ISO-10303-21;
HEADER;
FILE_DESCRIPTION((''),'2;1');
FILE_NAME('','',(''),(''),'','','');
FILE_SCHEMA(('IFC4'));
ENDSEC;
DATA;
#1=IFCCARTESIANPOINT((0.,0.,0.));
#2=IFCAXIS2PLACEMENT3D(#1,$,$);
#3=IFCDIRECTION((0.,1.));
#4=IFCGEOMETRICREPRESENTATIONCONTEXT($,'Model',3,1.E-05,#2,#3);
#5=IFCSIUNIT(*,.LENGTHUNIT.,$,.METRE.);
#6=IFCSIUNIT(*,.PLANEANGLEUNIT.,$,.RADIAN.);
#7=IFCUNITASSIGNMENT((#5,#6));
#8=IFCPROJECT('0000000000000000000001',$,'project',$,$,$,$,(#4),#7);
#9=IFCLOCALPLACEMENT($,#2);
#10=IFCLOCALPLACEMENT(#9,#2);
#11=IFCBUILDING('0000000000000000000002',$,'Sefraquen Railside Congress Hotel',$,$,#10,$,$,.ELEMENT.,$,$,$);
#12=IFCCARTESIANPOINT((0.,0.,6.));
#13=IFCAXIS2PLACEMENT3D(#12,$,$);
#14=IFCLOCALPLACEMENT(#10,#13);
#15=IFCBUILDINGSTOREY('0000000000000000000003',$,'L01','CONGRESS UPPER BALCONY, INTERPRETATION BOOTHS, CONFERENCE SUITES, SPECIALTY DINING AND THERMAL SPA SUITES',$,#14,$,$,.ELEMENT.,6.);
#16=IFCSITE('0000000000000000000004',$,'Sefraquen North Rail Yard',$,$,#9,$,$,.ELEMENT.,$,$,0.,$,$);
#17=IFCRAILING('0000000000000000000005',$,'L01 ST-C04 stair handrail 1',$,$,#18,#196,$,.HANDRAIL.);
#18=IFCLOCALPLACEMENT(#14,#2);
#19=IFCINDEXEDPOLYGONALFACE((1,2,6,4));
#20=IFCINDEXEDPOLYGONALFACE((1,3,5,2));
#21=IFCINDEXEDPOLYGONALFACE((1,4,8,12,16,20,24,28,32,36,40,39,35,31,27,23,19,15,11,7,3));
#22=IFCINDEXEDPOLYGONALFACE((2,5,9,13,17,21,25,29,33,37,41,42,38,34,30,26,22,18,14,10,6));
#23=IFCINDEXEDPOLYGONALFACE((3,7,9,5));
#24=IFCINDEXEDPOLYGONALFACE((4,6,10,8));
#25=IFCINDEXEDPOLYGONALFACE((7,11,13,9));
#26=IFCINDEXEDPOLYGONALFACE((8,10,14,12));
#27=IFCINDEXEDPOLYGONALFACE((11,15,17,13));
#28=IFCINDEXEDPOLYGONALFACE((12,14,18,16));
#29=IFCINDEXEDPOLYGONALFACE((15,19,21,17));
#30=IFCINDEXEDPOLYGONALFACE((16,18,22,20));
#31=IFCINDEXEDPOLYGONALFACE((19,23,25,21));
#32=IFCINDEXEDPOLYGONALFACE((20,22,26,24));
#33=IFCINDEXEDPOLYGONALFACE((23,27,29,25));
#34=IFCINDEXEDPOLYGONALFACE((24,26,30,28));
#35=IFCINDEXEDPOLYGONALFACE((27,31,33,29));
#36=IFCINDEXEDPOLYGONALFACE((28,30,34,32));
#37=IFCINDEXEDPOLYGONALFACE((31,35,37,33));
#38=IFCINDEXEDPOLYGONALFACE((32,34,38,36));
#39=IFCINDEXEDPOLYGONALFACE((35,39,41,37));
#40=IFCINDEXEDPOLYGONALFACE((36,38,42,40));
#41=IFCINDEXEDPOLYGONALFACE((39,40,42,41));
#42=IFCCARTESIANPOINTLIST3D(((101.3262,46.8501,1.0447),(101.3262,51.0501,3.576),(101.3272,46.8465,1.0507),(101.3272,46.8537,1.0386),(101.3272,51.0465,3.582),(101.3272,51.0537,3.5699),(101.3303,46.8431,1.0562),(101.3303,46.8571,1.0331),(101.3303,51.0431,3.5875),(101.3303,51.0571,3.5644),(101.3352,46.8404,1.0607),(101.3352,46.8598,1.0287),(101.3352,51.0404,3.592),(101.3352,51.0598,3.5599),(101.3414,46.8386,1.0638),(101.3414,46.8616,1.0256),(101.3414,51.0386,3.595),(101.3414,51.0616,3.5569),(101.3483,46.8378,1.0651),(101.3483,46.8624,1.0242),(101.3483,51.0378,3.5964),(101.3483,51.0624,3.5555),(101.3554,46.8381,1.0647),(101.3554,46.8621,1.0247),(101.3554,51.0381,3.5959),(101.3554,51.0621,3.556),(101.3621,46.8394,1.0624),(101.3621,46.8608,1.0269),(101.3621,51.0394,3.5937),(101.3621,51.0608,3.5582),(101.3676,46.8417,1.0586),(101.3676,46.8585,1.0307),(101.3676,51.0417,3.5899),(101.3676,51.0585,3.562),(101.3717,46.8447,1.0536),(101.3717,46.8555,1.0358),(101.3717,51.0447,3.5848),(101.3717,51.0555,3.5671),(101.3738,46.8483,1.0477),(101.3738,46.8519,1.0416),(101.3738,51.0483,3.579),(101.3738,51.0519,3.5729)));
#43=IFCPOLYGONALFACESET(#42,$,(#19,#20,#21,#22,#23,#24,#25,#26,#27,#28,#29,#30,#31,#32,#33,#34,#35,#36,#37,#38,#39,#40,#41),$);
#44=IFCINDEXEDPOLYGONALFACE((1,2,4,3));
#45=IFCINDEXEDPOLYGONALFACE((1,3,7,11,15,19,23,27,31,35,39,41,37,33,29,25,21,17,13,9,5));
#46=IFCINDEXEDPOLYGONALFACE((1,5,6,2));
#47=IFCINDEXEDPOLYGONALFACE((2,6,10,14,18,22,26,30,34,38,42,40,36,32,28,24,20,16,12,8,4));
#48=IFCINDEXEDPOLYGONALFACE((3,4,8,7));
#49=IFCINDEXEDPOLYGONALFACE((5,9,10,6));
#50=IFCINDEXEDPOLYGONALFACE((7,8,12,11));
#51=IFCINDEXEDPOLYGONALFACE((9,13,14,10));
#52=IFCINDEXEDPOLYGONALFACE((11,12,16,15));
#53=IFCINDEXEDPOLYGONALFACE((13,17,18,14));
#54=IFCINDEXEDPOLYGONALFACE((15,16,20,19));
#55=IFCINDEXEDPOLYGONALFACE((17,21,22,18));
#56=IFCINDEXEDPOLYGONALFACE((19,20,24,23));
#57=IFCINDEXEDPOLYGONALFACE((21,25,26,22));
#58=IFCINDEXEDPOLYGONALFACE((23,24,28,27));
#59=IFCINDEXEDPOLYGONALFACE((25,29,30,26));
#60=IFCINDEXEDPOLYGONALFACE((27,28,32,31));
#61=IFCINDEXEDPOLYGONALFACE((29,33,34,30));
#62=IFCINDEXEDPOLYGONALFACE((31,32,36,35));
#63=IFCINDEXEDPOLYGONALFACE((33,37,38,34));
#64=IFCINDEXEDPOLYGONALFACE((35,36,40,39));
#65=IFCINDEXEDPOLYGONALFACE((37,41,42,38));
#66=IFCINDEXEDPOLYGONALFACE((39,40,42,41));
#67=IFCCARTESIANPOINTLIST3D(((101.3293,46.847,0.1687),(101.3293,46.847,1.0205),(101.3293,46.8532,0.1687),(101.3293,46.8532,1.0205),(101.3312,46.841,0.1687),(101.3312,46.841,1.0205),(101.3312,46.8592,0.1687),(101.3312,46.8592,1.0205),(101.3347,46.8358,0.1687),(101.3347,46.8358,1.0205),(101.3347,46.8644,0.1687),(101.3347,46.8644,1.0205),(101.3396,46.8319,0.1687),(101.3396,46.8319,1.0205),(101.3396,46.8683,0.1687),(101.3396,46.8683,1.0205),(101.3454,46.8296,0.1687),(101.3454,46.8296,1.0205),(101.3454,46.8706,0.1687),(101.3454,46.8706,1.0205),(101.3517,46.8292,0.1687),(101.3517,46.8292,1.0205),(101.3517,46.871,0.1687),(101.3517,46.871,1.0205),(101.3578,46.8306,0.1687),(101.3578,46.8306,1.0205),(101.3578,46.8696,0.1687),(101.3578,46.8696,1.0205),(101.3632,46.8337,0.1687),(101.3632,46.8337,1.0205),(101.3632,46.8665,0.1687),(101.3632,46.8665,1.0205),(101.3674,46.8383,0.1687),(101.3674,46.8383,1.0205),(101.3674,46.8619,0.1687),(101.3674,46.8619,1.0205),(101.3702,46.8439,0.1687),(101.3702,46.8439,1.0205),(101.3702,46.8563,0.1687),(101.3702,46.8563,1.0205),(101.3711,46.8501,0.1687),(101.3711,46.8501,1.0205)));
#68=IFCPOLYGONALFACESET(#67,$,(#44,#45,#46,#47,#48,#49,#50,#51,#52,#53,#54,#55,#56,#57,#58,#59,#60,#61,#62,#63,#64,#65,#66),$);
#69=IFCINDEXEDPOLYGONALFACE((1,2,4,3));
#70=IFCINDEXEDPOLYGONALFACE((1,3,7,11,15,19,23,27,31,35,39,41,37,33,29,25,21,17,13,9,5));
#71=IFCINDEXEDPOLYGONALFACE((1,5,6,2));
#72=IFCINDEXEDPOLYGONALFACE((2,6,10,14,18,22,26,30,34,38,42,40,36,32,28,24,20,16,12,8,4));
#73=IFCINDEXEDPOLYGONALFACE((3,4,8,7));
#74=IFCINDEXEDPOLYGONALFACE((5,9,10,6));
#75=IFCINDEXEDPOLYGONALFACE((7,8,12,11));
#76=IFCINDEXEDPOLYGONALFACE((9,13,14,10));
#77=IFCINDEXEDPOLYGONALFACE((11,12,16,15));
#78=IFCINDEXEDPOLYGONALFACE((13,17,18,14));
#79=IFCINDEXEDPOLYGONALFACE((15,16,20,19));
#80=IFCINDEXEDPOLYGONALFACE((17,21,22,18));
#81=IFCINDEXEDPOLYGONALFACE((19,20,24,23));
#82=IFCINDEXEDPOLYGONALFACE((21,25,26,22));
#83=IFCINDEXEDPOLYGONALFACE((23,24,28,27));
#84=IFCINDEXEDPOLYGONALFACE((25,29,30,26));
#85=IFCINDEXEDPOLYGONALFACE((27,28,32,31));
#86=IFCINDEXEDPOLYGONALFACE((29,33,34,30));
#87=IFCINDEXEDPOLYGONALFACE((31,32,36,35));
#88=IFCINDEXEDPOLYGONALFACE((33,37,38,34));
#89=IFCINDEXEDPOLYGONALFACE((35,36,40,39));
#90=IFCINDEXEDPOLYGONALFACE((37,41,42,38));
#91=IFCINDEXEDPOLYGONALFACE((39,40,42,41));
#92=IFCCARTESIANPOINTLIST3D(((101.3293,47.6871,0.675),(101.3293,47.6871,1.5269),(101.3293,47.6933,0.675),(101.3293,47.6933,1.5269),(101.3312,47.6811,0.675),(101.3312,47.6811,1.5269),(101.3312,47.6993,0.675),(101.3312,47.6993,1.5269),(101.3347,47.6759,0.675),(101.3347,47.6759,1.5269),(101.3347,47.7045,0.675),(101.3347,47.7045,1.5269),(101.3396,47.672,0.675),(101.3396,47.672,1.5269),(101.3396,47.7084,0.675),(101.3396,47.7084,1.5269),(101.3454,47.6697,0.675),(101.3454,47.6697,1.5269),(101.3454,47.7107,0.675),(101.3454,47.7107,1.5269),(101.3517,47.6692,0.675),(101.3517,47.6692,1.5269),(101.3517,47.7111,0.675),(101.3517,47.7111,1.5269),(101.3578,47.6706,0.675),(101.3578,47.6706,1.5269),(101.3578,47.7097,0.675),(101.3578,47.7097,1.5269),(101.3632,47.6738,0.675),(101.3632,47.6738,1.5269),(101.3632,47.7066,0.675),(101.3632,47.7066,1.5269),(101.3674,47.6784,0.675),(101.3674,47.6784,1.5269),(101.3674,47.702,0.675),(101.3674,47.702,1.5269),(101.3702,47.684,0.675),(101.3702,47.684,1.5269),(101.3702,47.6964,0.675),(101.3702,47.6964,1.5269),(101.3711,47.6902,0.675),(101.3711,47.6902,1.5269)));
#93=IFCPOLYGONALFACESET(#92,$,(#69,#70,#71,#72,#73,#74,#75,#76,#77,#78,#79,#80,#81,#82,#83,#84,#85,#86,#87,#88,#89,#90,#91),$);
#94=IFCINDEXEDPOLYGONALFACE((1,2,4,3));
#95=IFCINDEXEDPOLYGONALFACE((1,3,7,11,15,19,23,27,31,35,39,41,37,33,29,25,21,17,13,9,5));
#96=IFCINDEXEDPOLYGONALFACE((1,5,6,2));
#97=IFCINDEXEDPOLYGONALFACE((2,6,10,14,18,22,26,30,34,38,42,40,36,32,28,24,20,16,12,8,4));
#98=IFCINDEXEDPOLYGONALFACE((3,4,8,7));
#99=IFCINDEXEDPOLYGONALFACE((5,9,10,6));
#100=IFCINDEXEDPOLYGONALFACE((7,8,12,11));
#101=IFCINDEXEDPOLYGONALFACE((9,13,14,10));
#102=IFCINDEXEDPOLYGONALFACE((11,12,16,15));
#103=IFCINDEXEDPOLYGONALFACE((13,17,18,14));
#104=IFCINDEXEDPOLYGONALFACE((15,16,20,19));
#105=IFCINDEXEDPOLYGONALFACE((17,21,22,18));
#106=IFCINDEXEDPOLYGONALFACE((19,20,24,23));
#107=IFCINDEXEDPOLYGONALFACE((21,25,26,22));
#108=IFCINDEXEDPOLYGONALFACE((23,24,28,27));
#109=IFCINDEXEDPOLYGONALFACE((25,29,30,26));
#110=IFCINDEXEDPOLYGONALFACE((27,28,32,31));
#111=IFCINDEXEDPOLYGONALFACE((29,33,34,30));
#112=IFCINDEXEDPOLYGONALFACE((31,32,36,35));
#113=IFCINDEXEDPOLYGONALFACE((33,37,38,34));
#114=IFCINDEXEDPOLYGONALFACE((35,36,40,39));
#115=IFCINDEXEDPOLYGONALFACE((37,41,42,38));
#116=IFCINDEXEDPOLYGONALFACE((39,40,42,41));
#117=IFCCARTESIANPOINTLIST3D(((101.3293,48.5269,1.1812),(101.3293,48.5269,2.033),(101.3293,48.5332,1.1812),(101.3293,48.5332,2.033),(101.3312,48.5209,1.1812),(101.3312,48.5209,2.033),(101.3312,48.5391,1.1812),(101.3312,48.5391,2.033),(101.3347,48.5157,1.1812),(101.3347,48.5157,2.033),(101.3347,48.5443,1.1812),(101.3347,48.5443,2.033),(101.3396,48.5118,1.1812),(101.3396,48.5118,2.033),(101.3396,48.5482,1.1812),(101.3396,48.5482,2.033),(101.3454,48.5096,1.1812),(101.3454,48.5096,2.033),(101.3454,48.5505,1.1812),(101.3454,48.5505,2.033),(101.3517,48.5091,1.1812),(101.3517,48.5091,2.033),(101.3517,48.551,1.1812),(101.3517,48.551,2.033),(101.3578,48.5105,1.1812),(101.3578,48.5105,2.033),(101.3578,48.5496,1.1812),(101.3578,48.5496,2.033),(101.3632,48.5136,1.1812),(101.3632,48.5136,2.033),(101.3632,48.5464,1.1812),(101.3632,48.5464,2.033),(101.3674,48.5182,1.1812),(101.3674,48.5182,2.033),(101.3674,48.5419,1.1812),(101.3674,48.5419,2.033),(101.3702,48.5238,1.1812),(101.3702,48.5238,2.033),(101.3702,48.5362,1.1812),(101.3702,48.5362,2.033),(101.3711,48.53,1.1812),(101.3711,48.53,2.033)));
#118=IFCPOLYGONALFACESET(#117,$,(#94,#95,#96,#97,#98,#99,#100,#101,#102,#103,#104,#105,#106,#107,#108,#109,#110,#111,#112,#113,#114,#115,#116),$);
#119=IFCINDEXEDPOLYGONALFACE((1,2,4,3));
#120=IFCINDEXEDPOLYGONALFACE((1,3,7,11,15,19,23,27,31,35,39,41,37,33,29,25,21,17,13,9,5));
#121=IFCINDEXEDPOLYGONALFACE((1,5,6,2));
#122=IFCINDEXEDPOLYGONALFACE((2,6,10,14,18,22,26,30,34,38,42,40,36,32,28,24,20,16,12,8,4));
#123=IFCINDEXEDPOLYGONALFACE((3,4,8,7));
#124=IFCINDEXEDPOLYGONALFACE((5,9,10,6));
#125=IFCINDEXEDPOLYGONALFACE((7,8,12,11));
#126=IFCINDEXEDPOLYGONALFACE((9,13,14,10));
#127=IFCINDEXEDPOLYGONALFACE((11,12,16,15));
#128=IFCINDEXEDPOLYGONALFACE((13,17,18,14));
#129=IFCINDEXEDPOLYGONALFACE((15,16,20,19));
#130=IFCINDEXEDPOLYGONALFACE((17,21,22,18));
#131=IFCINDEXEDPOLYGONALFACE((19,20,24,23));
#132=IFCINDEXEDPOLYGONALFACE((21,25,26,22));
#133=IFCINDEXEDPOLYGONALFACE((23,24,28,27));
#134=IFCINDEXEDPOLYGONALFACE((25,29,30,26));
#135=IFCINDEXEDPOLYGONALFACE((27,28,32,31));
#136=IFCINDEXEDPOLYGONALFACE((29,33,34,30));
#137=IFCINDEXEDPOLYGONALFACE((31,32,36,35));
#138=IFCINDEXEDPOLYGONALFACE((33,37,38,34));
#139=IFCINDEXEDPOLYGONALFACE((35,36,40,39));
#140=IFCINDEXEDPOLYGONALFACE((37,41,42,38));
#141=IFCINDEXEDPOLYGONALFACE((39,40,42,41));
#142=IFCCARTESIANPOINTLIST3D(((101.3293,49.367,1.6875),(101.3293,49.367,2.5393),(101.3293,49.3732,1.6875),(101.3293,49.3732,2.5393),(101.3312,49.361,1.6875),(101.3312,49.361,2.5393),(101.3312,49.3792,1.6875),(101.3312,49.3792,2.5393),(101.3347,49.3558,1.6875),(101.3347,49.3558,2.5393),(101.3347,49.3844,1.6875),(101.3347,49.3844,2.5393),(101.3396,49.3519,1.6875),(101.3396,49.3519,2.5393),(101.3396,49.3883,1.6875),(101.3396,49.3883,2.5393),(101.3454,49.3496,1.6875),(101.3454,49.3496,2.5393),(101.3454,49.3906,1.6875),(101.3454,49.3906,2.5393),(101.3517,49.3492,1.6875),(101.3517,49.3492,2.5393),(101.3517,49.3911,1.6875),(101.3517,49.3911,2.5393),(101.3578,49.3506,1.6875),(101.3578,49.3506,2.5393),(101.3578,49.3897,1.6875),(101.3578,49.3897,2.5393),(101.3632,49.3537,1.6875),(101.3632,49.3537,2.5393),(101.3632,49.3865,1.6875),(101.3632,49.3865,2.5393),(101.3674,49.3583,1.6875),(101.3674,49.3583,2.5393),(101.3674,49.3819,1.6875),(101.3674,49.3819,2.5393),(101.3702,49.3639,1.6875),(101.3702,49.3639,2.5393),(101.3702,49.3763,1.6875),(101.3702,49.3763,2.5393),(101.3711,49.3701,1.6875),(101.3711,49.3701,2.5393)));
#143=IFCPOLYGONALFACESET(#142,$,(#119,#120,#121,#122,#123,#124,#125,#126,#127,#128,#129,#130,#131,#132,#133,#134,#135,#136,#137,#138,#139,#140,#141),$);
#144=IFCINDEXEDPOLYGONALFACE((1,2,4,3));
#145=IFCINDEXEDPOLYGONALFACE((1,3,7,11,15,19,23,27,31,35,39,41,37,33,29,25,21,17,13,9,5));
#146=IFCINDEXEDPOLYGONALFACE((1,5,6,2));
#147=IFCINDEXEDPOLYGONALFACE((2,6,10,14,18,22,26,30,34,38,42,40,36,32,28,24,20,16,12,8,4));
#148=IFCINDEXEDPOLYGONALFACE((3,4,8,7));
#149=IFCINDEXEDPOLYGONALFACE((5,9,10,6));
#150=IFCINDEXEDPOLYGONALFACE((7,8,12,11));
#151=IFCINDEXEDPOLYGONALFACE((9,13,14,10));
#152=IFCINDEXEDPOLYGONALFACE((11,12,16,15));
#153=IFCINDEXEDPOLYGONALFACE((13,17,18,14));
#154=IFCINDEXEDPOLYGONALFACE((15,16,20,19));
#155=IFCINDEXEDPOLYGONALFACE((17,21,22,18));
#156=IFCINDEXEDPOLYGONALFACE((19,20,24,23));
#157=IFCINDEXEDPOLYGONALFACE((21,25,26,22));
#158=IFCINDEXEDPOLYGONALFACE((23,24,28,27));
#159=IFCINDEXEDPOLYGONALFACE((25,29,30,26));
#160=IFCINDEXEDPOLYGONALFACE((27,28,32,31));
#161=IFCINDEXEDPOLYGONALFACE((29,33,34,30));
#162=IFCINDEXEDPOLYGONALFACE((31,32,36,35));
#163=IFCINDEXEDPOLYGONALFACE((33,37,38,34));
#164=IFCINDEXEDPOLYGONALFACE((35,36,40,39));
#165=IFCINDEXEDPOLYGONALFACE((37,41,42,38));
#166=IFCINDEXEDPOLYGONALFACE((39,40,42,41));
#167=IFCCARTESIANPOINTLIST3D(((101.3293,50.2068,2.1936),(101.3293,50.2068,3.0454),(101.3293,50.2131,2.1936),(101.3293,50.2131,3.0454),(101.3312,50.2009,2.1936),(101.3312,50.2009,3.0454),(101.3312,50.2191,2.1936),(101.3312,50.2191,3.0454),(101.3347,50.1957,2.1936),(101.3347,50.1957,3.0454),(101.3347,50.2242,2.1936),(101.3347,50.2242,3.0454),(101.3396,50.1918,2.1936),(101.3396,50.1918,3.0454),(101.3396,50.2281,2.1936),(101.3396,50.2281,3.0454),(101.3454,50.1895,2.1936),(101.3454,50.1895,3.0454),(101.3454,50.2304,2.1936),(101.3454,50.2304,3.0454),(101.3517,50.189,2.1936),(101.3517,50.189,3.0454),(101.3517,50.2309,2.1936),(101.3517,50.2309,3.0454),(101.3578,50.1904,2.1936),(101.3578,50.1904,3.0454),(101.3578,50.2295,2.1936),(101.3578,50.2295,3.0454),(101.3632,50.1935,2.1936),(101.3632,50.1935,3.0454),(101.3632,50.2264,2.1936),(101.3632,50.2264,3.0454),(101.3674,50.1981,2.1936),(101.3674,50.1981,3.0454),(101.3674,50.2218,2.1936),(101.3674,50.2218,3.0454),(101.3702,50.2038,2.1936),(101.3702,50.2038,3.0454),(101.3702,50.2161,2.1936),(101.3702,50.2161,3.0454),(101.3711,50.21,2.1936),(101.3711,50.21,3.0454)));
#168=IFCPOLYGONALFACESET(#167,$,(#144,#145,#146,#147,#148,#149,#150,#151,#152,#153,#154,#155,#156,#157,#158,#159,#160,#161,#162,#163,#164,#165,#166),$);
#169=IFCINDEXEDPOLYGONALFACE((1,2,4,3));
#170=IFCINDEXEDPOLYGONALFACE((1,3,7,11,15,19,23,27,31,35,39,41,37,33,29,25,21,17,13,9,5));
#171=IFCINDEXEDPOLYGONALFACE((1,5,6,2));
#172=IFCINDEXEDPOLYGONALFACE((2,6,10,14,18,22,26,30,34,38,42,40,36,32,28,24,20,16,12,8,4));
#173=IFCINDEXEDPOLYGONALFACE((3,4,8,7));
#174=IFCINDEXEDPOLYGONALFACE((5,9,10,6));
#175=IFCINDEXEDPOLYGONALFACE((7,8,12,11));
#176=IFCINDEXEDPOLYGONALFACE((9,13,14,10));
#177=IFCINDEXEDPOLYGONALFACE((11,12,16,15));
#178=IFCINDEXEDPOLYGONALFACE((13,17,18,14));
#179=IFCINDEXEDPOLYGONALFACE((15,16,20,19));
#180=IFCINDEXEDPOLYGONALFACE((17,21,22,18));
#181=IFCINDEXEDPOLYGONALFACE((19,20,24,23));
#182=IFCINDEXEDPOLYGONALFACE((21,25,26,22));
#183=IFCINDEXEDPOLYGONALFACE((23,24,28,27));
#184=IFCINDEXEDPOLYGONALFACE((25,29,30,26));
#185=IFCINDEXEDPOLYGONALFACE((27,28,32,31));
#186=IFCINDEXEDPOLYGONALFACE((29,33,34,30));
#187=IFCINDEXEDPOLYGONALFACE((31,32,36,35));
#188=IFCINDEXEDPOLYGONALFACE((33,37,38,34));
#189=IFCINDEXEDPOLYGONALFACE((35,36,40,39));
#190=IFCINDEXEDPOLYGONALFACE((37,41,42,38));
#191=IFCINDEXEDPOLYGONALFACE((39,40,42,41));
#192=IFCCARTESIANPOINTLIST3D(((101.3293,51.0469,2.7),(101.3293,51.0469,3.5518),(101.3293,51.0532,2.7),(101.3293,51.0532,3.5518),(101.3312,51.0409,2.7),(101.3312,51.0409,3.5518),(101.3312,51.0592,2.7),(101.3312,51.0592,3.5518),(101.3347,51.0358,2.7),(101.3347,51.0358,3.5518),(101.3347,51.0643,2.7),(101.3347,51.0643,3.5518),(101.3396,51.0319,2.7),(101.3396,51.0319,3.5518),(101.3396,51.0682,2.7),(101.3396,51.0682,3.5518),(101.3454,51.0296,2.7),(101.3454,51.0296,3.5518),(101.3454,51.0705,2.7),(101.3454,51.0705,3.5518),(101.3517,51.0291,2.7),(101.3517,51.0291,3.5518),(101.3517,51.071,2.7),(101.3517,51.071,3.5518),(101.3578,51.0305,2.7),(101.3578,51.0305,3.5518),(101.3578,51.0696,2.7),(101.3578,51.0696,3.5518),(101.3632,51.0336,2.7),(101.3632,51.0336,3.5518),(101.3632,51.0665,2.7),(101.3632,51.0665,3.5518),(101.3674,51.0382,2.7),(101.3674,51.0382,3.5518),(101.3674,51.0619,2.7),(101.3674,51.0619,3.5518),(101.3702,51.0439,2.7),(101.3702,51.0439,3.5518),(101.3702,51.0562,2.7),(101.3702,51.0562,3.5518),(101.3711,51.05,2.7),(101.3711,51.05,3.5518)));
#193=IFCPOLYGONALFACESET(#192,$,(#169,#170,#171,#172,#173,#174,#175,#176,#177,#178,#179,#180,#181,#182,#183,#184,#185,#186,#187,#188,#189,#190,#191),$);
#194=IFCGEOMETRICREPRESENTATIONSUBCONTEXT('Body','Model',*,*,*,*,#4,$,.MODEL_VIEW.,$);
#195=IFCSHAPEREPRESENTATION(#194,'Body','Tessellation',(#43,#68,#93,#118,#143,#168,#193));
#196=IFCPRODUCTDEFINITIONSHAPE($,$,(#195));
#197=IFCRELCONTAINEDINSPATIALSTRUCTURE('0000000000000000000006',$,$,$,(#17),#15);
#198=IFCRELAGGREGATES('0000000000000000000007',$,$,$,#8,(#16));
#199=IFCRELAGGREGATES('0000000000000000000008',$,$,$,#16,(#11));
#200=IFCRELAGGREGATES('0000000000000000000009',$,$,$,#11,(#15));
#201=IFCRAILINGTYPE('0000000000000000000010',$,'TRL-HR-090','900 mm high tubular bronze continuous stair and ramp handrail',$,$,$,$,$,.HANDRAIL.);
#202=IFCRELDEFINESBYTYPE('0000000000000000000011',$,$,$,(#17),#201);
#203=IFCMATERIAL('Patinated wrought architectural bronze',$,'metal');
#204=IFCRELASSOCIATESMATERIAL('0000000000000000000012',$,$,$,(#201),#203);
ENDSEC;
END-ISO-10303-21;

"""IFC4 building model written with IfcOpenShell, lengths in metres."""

from ifc_helpers import new_model, si_unit, direction, frame, origin, origin_2d, place, context, subcontext, project, spatial, circle, extrude, material, type_object, element, save


model = new_model("IFC4")

# Units and contexts
model_context = context("Model", 3, precision=1e-05, world=origin(), true_north=direction((0.0, 1.0)))
body_context = subcontext(model_context, "Body", "Model", "MODEL_VIEW")
ifc_project = project(units=[si_unit("LENGTHUNIT", "METRE"), si_unit("PLANEANGLEUNIT", "RADIAN")], contexts=[model_context])

# Site, building, storey
site_placement = place(None, origin())
site = spatial("IfcSite", under=ifc_project, at=site_placement, Name="Sefraquen North Rail Yard", CompositionType="ELEMENT", RefElevation=0.0)
building_placement = place(site_placement, origin())
building = spatial("IfcBuilding", under=site, at=building_placement, Name="Sefraquen Railside Congress Hotel", CompositionType="ELEMENT")
storey_placement = place(building_placement, frame((0.0, 0.0, 6.0)))
storey = spatial("IfcBuildingStorey", under=building, at=storey_placement, Name="L01", Description="CONGRESS UPPER BALCONY, INTERPRETATION BOOTHS, CONFERENCE SUITES, SPECIALTY DINING AND THERMAL SPA SUITES", CompositionType="ELEMENT", Elevation=6.0)

# Railing
ifc_material_1 = material(Name="Patinated wrought architectural bronze", Category="metal")
railing_type_1 = type_object("IfcRailingType", Name="TRL-HR-090", Description="900 mm high tubular bronze continuous stair and ramp handrail", PredefinedType="HANDRAIL", material=ifc_material_1)
railing_1_placement = place(storey_placement, frame((101.3501, 46.8501, 0.1687)))
element("IfcRailing", 1, at=railing_1_placement, inside=storey, type_object=railing_type_1, Name="L01 ST-C04 stair handrail 1", PredefinedType="HANDRAIL", context=body_context, shape_type="SweptSolid", body=[
    extrude(circle(Radius=0.0239, at=origin_2d()), frame((0.0, 0.0, 0.876), z_axis=(0.0, 0.856476, 0.516186), x_axis=(-1.0, 0.0, 0.0)), (0.0, 0.0, 1.0), 4.9038),
    extrude(circle(Radius=0.021, at=origin_2d()), origin(), (0.0, 0.0, 1.0), 0.8518),
    extrude(circle(Radius=0.021, at=origin_2d()), frame((0.0, 0.8401, 0.5063)), (0.0, 0.0, 1.0), 0.8518),
    extrude(circle(Radius=0.021, at=origin_2d()), frame((0.0, 1.6799, 1.0125)), (0.0, 0.0, 1.0), 0.8518),
    extrude(circle(Radius=0.021, at=origin_2d()), frame((0.0, 2.52, 1.5188)), (0.0, 0.0, 1.0), 0.8518),
    extrude(circle(Radius=0.021, at=origin_2d()), frame((0.0, 3.3599, 2.0249)), (0.0, 0.0, 1.0), 0.8518),
    extrude(circle(Radius=0.021, at=origin_2d()), frame((0.0, 4.2, 2.5312)), (0.0, 0.0, 1.0), 0.8518),
])

save(model, "model.ifc")
